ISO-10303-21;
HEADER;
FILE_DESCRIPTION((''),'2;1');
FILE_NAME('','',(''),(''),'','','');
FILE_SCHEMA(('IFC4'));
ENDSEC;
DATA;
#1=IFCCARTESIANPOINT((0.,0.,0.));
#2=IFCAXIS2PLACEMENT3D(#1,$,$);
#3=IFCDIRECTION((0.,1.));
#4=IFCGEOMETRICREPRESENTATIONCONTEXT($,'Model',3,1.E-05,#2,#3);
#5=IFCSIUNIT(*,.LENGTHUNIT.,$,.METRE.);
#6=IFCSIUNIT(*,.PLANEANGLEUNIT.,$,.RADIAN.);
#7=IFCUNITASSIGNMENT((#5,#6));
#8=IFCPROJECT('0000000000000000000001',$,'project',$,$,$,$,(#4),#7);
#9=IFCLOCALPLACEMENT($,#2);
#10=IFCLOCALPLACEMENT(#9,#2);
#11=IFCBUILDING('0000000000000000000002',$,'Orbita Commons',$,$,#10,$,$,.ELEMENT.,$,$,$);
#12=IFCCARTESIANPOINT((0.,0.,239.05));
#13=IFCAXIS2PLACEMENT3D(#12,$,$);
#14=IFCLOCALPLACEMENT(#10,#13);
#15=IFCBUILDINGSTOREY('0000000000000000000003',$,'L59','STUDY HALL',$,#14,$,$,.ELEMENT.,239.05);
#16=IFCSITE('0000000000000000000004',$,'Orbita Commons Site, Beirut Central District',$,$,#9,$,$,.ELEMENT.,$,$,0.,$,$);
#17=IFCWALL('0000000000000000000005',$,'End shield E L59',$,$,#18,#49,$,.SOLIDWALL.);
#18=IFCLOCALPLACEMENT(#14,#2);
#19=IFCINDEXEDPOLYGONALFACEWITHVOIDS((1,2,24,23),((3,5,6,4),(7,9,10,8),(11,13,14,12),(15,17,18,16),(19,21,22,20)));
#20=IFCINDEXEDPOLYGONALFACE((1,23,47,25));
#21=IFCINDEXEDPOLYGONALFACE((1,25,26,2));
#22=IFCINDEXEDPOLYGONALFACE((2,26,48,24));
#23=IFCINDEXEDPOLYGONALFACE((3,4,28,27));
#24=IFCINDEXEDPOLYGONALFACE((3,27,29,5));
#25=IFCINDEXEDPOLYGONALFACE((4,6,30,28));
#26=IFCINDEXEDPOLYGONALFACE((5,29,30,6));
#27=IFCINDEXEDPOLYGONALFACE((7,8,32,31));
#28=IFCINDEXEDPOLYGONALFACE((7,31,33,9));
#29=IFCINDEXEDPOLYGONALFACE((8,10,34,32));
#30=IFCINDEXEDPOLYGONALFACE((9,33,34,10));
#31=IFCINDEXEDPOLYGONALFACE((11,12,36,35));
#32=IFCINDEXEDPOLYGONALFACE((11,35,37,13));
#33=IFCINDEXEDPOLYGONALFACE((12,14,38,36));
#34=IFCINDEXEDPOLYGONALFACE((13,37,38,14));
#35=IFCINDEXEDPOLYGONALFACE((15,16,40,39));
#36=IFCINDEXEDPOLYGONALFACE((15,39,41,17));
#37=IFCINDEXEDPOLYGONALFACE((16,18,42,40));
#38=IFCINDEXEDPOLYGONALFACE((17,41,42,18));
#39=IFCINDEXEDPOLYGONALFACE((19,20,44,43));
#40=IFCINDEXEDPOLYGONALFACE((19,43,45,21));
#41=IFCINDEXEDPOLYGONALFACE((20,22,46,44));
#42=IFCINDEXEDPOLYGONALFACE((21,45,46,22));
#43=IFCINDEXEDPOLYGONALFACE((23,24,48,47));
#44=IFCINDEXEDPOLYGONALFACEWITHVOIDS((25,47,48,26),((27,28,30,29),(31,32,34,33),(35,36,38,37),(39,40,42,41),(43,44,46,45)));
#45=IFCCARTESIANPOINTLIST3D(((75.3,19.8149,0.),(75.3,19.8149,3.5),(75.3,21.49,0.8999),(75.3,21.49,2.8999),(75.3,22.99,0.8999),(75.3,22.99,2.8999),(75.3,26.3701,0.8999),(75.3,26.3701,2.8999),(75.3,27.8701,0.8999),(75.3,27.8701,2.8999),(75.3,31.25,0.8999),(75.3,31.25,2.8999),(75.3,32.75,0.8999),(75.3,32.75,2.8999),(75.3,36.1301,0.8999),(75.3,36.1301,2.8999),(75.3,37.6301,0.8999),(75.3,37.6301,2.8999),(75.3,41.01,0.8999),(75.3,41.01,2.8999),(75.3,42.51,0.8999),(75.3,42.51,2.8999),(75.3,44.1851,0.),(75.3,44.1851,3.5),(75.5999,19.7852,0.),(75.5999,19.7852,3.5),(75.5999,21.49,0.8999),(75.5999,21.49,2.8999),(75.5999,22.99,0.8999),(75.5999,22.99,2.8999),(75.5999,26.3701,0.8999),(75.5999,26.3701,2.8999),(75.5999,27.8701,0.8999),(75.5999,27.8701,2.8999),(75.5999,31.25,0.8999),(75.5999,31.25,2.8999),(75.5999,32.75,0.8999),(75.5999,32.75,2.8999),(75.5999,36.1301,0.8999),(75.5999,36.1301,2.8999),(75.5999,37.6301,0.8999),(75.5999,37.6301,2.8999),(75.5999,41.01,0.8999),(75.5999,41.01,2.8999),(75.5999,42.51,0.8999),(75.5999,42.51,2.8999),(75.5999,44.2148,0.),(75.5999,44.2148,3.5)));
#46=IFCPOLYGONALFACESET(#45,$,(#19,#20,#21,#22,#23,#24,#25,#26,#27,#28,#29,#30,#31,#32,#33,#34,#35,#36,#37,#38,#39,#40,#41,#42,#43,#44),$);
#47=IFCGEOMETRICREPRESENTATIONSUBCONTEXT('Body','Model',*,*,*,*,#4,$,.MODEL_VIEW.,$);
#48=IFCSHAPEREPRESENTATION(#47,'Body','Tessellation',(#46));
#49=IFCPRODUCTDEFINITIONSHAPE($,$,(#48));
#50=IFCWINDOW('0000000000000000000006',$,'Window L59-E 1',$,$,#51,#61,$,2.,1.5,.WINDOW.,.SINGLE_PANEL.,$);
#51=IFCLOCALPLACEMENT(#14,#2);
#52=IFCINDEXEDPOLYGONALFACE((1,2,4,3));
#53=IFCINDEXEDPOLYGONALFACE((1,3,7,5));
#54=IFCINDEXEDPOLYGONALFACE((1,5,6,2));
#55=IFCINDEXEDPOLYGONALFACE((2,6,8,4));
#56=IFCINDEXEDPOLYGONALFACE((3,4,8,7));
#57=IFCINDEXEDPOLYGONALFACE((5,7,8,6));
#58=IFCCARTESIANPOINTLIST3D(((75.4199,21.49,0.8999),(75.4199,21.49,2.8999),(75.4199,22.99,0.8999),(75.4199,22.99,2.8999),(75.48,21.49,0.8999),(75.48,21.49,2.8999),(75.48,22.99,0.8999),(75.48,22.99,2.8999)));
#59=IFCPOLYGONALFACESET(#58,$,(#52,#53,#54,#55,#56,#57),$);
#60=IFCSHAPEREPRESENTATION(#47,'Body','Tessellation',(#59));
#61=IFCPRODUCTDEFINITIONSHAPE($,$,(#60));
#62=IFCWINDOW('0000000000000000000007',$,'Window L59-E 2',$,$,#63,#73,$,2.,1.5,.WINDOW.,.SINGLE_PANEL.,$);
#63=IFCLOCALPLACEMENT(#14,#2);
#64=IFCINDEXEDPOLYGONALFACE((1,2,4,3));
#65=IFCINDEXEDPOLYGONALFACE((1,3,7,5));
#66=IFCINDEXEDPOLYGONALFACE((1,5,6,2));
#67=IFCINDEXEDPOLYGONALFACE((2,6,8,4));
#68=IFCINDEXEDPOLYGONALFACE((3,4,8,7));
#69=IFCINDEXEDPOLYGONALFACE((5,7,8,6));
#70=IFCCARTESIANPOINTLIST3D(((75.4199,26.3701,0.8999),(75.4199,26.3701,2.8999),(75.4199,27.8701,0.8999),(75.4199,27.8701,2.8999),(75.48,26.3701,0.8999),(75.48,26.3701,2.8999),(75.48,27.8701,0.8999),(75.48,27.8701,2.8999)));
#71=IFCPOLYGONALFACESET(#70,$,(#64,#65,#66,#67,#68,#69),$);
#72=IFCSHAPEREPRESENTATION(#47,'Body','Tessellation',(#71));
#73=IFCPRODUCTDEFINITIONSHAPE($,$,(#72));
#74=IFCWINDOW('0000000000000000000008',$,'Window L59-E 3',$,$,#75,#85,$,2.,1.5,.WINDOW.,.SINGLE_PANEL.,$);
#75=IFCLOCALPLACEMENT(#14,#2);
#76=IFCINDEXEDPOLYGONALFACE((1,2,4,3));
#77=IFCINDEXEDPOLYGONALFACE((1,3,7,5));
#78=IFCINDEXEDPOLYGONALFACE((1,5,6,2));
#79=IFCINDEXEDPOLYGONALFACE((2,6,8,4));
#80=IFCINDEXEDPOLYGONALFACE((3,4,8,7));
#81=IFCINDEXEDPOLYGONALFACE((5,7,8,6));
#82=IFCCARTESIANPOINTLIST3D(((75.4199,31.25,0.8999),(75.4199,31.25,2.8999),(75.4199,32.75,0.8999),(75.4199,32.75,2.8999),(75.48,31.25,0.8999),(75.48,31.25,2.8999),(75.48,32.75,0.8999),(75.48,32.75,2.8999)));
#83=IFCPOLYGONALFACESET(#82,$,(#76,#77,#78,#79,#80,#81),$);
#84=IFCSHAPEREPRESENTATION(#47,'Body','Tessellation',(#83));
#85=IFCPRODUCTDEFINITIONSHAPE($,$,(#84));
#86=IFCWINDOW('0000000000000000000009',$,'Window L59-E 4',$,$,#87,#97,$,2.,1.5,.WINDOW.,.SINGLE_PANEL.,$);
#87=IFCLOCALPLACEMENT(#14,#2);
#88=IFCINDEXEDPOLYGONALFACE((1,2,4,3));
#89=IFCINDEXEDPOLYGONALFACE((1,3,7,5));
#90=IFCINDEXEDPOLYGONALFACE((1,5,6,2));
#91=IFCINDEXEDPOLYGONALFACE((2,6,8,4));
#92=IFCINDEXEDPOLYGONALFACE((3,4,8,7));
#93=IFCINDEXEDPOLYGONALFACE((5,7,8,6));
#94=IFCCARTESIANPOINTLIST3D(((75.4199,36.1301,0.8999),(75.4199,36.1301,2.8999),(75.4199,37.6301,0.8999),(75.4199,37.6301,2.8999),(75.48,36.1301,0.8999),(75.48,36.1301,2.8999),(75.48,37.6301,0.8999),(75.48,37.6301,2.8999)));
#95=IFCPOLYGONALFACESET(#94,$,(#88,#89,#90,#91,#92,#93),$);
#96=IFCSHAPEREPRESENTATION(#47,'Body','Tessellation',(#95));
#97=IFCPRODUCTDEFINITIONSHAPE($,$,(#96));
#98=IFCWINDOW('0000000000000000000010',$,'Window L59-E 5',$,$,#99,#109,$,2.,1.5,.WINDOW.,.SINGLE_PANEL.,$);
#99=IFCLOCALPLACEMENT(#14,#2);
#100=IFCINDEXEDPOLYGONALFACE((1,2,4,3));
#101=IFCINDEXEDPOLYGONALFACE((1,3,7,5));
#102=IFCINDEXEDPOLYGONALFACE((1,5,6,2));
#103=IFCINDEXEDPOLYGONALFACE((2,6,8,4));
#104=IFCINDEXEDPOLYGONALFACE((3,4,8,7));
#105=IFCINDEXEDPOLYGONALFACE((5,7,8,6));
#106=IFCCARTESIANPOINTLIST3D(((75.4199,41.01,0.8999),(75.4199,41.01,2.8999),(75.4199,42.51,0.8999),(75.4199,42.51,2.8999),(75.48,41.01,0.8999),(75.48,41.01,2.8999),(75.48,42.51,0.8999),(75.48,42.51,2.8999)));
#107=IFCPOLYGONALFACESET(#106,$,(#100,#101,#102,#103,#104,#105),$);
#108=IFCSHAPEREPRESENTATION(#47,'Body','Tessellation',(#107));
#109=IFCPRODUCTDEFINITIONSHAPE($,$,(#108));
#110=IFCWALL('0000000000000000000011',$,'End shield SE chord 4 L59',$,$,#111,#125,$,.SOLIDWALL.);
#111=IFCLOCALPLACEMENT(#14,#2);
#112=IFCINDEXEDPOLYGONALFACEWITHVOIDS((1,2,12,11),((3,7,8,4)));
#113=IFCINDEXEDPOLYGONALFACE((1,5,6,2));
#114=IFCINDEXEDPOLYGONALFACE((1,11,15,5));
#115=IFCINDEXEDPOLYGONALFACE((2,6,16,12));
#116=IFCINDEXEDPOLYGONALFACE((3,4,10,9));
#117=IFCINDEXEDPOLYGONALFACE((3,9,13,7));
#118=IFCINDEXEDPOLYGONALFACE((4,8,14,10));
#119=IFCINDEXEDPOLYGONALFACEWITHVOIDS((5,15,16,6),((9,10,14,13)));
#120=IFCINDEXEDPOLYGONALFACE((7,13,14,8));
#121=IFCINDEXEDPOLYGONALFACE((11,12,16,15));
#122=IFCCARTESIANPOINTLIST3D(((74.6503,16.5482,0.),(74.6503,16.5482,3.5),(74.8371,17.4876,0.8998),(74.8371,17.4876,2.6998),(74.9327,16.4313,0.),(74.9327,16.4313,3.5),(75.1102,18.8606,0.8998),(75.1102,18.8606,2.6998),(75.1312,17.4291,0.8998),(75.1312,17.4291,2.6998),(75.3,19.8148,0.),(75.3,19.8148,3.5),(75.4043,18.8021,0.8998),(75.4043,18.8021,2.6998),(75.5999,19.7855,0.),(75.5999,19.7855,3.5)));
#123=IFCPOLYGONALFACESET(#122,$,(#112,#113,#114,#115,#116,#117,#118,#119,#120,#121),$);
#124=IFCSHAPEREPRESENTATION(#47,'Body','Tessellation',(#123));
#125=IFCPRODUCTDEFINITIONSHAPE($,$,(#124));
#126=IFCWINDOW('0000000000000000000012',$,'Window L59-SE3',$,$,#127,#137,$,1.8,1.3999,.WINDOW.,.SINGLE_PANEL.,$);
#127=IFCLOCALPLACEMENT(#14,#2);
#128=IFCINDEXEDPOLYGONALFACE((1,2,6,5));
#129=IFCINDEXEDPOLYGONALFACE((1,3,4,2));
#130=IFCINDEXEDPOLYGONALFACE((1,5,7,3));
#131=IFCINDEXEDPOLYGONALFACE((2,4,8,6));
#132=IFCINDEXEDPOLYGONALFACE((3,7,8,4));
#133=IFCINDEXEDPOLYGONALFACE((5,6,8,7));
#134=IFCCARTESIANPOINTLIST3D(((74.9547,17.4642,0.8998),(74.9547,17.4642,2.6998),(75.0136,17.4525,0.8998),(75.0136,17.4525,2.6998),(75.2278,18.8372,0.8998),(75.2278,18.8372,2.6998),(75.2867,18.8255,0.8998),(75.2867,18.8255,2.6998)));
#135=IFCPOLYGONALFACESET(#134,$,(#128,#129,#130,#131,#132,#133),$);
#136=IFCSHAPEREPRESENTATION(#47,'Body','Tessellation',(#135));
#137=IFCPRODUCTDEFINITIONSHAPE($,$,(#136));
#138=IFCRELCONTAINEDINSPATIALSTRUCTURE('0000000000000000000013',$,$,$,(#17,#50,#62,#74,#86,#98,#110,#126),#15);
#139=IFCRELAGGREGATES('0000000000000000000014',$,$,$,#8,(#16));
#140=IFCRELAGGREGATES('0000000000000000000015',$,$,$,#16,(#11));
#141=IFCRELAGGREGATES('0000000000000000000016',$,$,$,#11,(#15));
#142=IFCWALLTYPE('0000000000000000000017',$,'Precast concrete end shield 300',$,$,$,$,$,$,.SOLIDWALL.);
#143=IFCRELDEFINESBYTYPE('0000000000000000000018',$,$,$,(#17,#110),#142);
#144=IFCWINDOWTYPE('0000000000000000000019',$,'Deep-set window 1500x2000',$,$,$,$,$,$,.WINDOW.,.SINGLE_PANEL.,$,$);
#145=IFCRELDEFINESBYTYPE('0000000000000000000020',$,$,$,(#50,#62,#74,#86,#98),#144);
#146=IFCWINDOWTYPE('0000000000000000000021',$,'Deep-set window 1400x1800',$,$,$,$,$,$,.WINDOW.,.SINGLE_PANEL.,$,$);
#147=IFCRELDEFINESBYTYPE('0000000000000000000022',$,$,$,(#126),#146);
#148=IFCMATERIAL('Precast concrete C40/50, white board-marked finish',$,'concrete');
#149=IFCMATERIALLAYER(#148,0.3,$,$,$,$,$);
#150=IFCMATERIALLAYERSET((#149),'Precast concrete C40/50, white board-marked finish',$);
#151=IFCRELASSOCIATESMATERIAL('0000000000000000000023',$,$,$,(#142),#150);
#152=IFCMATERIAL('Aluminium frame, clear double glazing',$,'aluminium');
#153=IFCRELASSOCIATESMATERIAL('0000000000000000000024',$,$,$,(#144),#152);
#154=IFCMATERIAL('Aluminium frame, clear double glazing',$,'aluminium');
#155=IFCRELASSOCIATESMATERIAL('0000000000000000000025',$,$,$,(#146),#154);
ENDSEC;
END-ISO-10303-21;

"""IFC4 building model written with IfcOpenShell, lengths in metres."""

from ifc_helpers import new_model, si_unit, direction, frame, frame_2d, origin, place, context, subcontext, project, spatial, polyline, rectangle, outline, extrude, material, layer, layer_set, type_object, element, fill, save


model = new_model("IFC4")

# Units and contexts
model_context = context("Model", 3, precision=1e-05, world=origin(), true_north=direction((0.0, 1.0)))
body_context = subcontext(model_context, "Body", "Model", "MODEL_VIEW")
ifc_project = project(units=[si_unit("LENGTHUNIT", "METRE"), si_unit("PLANEANGLEUNIT", "RADIAN")], contexts=[model_context])

# Site, building, storey
site_placement = place(None, origin())
site = spatial("IfcSite", under=ifc_project, at=site_placement, Name="Orbita Commons Site, Beirut Central District", CompositionType="ELEMENT", RefElevation=0.0)
building_placement = place(site_placement, origin())
building = spatial("IfcBuilding", under=site, at=building_placement, Name="Orbita Commons", CompositionType="ELEMENT")
storey_placement = place(building_placement, frame((0.0, 0.0, 239.05)))
storey = spatial("IfcBuildingStorey", under=building, at=storey_placement, Name="L59", Description="STUDY HALL", CompositionType="ELEMENT", Elevation=239.05)

# Wall, openings, windows
ifc_material_1 = material(Name="Precast concrete C40/50, white board-marked finish", Category="concrete")
ifc_layer_1 = layer(ifc_material_1, 0.3)
ifc_layer_set_1 = layer_set([ifc_layer_1], Name="Precast concrete C40/50, white board-marked finish")
wall_type_1 = type_object("IfcWallType", Name="Precast concrete end shield 300", PredefinedType="SOLIDWALL", material=ifc_layer_set_1)
wall_1_placement = place(storey_placement, frame((75.45, 19.8, 0.0), z_axis=(0.0, 0.0, 1.0), x_axis=(0.0, 1.0, 0.0)))
wall_1 = element("IfcWall", 1, at=wall_1_placement, inside=storey, type_object=wall_type_1, Name="End shield E L59", PredefinedType="SOLIDWALL", context=body_context, shape_type="SweptSolid", body=[
    extrude(outline(polyline([(-0.0149, -0.1499), (24.4148, -0.1499), (24.385, 0.1499), (0.0149, 0.1499), (-0.0149, -0.1499)])), origin(), (0.0, 0.0, 1.0), 3.5),
])
opening_1_placement = place(wall_1_placement, frame((1.6899, 0.0, 0.8999)))
opening_1 = element("IfcOpeningElement", 2, at=opening_1_placement, cuts=wall_1, PredefinedType="OPENING", context=body_context, shape_type="SweptSolid", body=[
    extrude(rectangle(XDim=1.5, YDim=2.0, at=frame_2d((0.75, 1.0))), frame((0.0, 0.1599, 0.0), z_axis=(0.0, -1.0, 0.0), x_axis=(1.0, 0.0, 0.0)), (0.0, 0.0, 1.0), 0.3201),
])
opening_2_placement = place(wall_1_placement, frame((6.5701, 0.0, 0.8999)))
opening_2 = element("IfcOpeningElement", 3, at=opening_2_placement, cuts=wall_1, PredefinedType="OPENING", context=body_context, shape_type="SweptSolid", body=[
    extrude(rectangle(XDim=1.5, YDim=2.0, at=frame_2d((0.75, 1.0))), frame((0.0, 0.1599, 0.0), z_axis=(0.0, -1.0, 0.0), x_axis=(1.0, 0.0, 0.0)), (0.0, 0.0, 1.0), 0.3201),
])
opening_3_placement = place(wall_1_placement, frame((11.45, 0.0, 0.8999)))
opening_3 = element("IfcOpeningElement", 4, at=opening_3_placement, cuts=wall_1, PredefinedType="OPENING", context=body_context, shape_type="SweptSolid", body=[
    extrude(rectangle(XDim=1.5, YDim=2.0, at=frame_2d((0.75, 1.0))), frame((0.0, 0.1599, 0.0), z_axis=(0.0, -1.0, 0.0), x_axis=(1.0, 0.0, 0.0)), (0.0, 0.0, 1.0), 0.3201),
])
opening_4_placement = place(wall_1_placement, frame((16.3301, 0.0, 0.8999)))
opening_4 = element("IfcOpeningElement", 5, at=opening_4_placement, cuts=wall_1, PredefinedType="OPENING", context=body_context, shape_type="SweptSolid", body=[
    extrude(rectangle(XDim=1.5, YDim=2.0, at=frame_2d((0.75, 1.0))), frame((0.0, 0.1599, 0.0), z_axis=(0.0, -1.0, 0.0), x_axis=(1.0, 0.0, 0.0)), (0.0, 0.0, 1.0), 0.3201),
])
opening_5_placement = place(wall_1_placement, frame((21.21, 0.0, 0.8999)))
opening_5 = element("IfcOpeningElement", 6, at=opening_5_placement, cuts=wall_1, PredefinedType="OPENING", context=body_context, shape_type="SweptSolid", body=[
    extrude(rectangle(XDim=1.5, YDim=2.0, at=frame_2d((0.75, 1.0))), frame((0.0, 0.1599, 0.0), z_axis=(0.0, -1.0, 0.0), x_axis=(1.0, 0.0, 0.0)), (0.0, 0.0, 1.0), 0.3201),
])
ifc_material_2 = material(Name="Aluminium frame, clear double glazing", Category="aluminium")
window_type_1 = type_object("IfcWindowType", Name="Deep-set window 1500x2000", PartitioningType="SINGLE_PANEL", PredefinedType="WINDOW", material=ifc_material_2)
window_1_placement = place(opening_1_placement, origin())
window_1 = element("IfcWindow", 7, at=window_1_placement, inside=storey, type_object=window_type_1, Name="Window L59-E 1", OverallHeight=2.0, OverallWidth=1.5, PartitioningType="SINGLE_PANEL", PredefinedType="WINDOW", context=body_context, shape_type="SweptSolid", body=[
    extrude(rectangle(XDim=1.5, YDim=2.0, at=frame_2d((0.75, 1.0))), frame((0.0, 0.03, 0.0), z_axis=(0.0, -1.0, 0.0), x_axis=(1.0, 0.0, 0.0)), (0.0, 0.0, 1.0), 0.0601),
])
fill(opening_1, window_1)
window_2_placement = place(opening_2_placement, origin())
window_2 = element("IfcWindow", 8, at=window_2_placement, inside=storey, type_object=window_type_1, Name="Window L59-E 2", OverallHeight=2.0, OverallWidth=1.5, PartitioningType="SINGLE_PANEL", PredefinedType="WINDOW", context=body_context, shape_type="SweptSolid", body=[
    extrude(rectangle(XDim=1.5, YDim=2.0, at=frame_2d((0.75, 1.0))), frame((0.0, 0.03, 0.0), z_axis=(0.0, -1.0, 0.0), x_axis=(1.0, 0.0, 0.0)), (0.0, 0.0, 1.0), 0.0601),
])
fill(opening_2, window_2)
window_3_placement = place(opening_3_placement, origin())
window_3 = element("IfcWindow", 9, at=window_3_placement, inside=storey, type_object=window_type_1, Name="Window L59-E 3", OverallHeight=2.0, OverallWidth=1.5, PartitioningType="SINGLE_PANEL", PredefinedType="WINDOW", context=body_context, shape_type="SweptSolid", body=[
    extrude(rectangle(XDim=1.5, YDim=2.0, at=frame_2d((0.75, 1.0))), frame((0.0, 0.03, 0.0), z_axis=(0.0, -1.0, 0.0), x_axis=(1.0, 0.0, 0.0)), (0.0, 0.0, 1.0), 0.0601),
])
fill(opening_3, window_3)
window_4_placement = place(opening_4_placement, origin())
window_4 = element("IfcWindow", 10, at=window_4_placement, inside=storey, type_object=window_type_1, Name="Window L59-E 4", OverallHeight=2.0, OverallWidth=1.5, PartitioningType="SINGLE_PANEL", PredefinedType="WINDOW", context=body_context, shape_type="SweptSolid", body=[
    extrude(rectangle(XDim=1.5, YDim=2.0, at=frame_2d((0.75, 1.0))), frame((0.0, 0.03, 0.0), z_axis=(0.0, -1.0, 0.0), x_axis=(1.0, 0.0, 0.0)), (0.0, 0.0, 1.0), 0.0601),
])
fill(opening_4, window_4)
window_5_placement = place(opening_5_placement, origin())
window_5 = element("IfcWindow", 11, at=window_5_placement, inside=storey, type_object=window_type_1, Name="Window L59-E 5", OverallHeight=2.0, OverallWidth=1.5, PartitioningType="SINGLE_PANEL", PredefinedType="WINDOW", context=body_context, shape_type="SweptSolid", body=[
    extrude(rectangle(XDim=1.5, YDim=2.0, at=frame_2d((0.75, 1.0))), frame((0.0, 0.03, 0.0), z_axis=(0.0, -1.0, 0.0), x_axis=(1.0, 0.0, 0.0)), (0.0, 0.0, 1.0), 0.0601),
])
fill(opening_5, window_5)

# Wall, opening, window
wall_2_placement = place(storey_placement, frame((74.7915, 16.4897, 0.0), z_axis=(0.0, 0.0, 1.0), x_axis=(0.195087, 0.980786, 0.0)))
wall_2 = element("IfcWall", 12, at=wall_2_placement, inside=storey, type_object=wall_type_1, Name="End shield SE chord 4 L59", PredefinedType="SOLIDWALL", context=body_context, shape_type="SweptSolid", body=[
    extrude(outline(polyline([(-0.0298, -0.1499), (3.3901, -0.1499), (3.3604, 0.1499), (0.0298, 0.1499), (-0.0298, -0.1499)])), origin(), (0.0, 0.0, 1.0), 3.5),
])
opening_6_placement = place(wall_2_placement, frame((0.9875, 0.0, 0.8999)))
opening_6 = element("IfcOpeningElement", 13, at=opening_6_placement, cuts=wall_2, PredefinedType="OPENING", context=body_context, shape_type="SweptSolid", body=[
    extrude(rectangle(XDim=1.3999, YDim=1.8, at=frame_2d((0.7, 0.8999))), frame((0.0, 0.1599, 0.0), z_axis=(0.0, -1.0, 0.0), x_axis=(1.0, 0.0, 0.0)), (0.0, 0.0, 1.0), 0.3201),
])
ifc_material_3 = material(Name="Aluminium frame, clear double glazing", Category="aluminium")
window_type_2 = type_object("IfcWindowType", Name="Deep-set window 1400x1800", PartitioningType="SINGLE_PANEL", PredefinedType="WINDOW", material=ifc_material_3)
window_6_placement = place(opening_6_placement, origin())
window_6 = element("IfcWindow", 14, at=window_6_placement, inside=storey, type_object=window_type_2, Name="Window L59-SE3", OverallHeight=1.8, OverallWidth=1.3999, PartitioningType="SINGLE_PANEL", PredefinedType="WINDOW", context=body_context, shape_type="SweptSolid", body=[
    extrude(rectangle(XDim=1.3999, YDim=1.8, at=frame_2d((0.7, 0.8999))), frame((0.0, 0.03, 0.0), z_axis=(0.0, -1.0, 0.0), x_axis=(1.0, 0.0, 0.0)), (0.0, 0.0, 1.0), 0.0601),
])
fill(opening_6, window_6)

save(model, "model.ifc")
